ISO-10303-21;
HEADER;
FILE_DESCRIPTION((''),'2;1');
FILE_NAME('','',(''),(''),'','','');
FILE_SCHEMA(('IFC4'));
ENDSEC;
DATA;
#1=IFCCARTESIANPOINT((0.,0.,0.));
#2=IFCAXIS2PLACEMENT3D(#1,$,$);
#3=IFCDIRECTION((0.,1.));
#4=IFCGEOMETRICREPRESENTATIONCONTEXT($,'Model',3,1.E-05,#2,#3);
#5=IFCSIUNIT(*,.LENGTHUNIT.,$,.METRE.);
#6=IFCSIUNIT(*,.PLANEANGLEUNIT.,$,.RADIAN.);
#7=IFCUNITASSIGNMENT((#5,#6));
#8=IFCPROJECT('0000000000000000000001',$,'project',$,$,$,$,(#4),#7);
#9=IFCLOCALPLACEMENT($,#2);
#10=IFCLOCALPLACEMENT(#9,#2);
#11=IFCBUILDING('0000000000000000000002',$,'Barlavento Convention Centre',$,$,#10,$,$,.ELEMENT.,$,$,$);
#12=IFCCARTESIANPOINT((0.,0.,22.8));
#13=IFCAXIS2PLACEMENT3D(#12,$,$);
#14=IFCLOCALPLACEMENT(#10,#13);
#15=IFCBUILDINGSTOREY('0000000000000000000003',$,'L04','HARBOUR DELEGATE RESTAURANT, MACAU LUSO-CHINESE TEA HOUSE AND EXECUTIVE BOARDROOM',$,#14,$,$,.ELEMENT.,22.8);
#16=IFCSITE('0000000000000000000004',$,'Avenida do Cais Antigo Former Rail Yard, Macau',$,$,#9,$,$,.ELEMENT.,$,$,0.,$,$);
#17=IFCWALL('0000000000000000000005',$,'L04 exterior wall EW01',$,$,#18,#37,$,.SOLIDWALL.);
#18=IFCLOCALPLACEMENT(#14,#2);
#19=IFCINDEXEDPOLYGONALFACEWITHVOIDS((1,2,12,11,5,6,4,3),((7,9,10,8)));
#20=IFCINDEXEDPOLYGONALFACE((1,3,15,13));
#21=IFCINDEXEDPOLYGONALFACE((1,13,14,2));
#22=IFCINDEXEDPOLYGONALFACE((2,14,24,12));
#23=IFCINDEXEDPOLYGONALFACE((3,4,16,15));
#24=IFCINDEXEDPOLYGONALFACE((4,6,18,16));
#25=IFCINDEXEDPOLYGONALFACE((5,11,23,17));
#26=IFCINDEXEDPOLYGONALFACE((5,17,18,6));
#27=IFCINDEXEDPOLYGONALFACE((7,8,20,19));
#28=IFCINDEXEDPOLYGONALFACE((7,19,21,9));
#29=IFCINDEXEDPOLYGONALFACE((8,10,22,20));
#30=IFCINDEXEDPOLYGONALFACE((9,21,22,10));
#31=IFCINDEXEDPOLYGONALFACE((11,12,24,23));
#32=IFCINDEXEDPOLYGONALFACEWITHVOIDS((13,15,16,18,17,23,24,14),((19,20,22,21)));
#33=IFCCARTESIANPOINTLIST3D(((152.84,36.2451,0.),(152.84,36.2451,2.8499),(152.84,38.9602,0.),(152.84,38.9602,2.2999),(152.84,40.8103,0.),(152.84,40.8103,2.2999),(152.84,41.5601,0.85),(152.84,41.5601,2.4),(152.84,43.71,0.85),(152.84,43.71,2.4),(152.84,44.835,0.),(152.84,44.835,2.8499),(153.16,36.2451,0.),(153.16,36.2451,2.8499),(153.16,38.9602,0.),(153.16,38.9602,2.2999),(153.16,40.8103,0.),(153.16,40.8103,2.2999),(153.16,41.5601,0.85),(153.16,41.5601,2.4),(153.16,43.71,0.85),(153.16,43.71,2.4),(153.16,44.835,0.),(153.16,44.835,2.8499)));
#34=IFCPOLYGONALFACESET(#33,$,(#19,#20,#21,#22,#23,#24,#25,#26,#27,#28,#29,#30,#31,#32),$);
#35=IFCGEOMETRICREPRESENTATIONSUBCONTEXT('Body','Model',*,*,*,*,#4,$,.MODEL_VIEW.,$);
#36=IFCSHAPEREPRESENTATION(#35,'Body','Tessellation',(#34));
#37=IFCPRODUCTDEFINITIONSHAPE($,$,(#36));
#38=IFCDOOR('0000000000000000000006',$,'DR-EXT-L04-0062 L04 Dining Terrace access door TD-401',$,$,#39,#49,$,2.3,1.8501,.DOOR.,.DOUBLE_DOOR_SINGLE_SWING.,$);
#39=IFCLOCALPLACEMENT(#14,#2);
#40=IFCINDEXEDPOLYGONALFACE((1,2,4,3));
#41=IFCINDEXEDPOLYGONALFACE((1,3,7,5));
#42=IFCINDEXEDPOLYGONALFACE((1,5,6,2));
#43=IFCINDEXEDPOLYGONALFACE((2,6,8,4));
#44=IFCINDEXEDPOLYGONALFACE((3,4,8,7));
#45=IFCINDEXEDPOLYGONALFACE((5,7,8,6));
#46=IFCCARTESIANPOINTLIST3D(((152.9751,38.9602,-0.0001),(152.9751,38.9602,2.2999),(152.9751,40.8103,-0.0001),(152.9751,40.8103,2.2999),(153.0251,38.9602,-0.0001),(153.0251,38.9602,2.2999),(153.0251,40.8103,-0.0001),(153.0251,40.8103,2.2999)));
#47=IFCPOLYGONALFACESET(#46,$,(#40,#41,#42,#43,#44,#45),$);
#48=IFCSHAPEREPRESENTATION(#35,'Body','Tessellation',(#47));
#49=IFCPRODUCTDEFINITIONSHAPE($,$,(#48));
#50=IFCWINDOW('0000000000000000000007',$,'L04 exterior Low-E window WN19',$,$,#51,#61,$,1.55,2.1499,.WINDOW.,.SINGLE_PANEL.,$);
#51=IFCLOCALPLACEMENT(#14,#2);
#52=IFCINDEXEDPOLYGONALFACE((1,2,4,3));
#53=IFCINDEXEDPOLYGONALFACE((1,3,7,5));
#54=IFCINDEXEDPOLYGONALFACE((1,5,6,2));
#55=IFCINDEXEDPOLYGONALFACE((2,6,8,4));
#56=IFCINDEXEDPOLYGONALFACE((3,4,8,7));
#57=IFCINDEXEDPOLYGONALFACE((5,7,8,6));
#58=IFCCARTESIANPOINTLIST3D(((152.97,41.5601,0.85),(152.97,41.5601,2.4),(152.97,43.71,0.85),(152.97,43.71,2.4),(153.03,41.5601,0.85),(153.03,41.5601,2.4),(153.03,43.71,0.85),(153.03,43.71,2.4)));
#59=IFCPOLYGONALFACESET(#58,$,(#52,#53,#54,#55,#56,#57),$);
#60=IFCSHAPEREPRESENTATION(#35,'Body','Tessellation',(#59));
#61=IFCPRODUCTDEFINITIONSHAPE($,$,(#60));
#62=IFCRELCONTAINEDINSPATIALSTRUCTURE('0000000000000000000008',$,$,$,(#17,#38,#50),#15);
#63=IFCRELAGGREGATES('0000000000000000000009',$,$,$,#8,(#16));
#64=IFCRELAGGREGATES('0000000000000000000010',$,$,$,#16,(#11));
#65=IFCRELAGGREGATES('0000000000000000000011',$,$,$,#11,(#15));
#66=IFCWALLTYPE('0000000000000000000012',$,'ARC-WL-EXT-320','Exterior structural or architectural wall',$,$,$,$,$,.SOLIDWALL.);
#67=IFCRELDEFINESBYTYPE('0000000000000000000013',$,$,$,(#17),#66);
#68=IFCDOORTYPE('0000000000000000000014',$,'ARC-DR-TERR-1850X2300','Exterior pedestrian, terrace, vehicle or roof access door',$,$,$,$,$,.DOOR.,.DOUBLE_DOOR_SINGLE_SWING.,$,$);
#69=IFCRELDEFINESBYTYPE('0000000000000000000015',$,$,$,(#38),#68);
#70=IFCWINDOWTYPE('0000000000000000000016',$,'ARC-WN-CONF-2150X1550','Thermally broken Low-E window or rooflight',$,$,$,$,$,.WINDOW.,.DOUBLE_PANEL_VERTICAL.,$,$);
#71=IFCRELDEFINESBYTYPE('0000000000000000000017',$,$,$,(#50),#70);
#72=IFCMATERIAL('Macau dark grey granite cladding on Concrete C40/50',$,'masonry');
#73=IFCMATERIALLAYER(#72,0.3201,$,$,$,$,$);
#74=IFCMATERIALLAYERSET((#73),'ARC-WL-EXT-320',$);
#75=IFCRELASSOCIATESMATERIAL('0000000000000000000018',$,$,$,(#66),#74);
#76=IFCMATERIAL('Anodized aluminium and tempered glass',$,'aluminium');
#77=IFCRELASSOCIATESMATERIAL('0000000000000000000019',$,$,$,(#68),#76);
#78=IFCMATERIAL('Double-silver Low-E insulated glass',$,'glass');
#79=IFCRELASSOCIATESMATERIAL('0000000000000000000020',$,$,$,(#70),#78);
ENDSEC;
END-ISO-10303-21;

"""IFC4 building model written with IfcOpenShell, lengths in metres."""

from ifc_helpers import new_model, si_unit, direction, frame, frame_2d, origin, place, context, subcontext, project, spatial, rectangle, extrude, material, layer, layer_set, type_object, element, fill, save


model = new_model("IFC4")

# Units and contexts
model_context = context("Model", 3, precision=1e-05, world=origin(), true_north=direction((0.0, 1.0)))
body_context = subcontext(model_context, "Body", "Model", "MODEL_VIEW")
ifc_project = project(units=[si_unit("LENGTHUNIT", "METRE"), si_unit("PLANEANGLEUNIT", "RADIAN")], contexts=[model_context])

# Site, building, storey
site_placement = place(None, origin())
site = spatial("IfcSite", under=ifc_project, at=site_placement, Name="Avenida do Cais Antigo Former Rail Yard, Macau", CompositionType="ELEMENT", RefElevation=0.0)
building_placement = place(site_placement, origin())
building = spatial("IfcBuilding", under=site, at=building_placement, Name="Barlavento Convention Centre", CompositionType="ELEMENT")
storey_placement = place(building_placement, frame((0.0, 0.0, 22.8)))
storey = spatial("IfcBuildingStorey", under=building, at=storey_placement, Name="L04", Description="HARBOUR DELEGATE RESTAURANT, MACAU LUSO-CHINESE TEA HOUSE AND EXECUTIVE BOARDROOM", CompositionType="ELEMENT", Elevation=22.8)

# Shared definitions
ifc_material_1 = material(Name="Double-silver Low-E insulated glass", Category="glass")

# Wall, openings, door, window
ifc_material_2 = material(Name="Macau dark grey granite cladding on Concrete C40/50", Category="masonry")
ifc_layer_1 = layer(ifc_material_2, 0.3201)
ifc_layer_set_1 = layer_set([ifc_layer_1], Name="ARC-WL-EXT-320")
wall_type = type_object("IfcWallType", Name="ARC-WL-EXT-320", Description="Exterior structural or architectural wall", PredefinedType="SOLIDWALL", material=ifc_layer_set_1)
wall_placement = place(storey_placement, frame((153.0, 36.2451, 0.0), z_axis=(0.0, 0.0, 1.0), x_axis=(0.0, 1.0, 0.0)))
wall = element("IfcWall", 1, at=wall_placement, inside=storey, type_object=wall_type, Name="L04 exterior wall EW01", PredefinedType="SOLIDWALL", context=body_context, shape_type="SweptSolid", body=[
    extrude(rectangle(XDim=8.5898, YDim=0.3201, at=frame_2d((4.2949, 0.0))), origin(), (0.0, 0.0, 1.0), 2.8499),
])
opening_1_placement = place(wall_placement, frame((2.7151, 0.0, 0.0)))
opening_1 = element("IfcOpeningElement", 2, at=opening_1_placement, cuts=wall, PredefinedType="OPENING", context=body_context, shape_type="SweptSolid", body=[
    extrude(rectangle(XDim=1.8501, YDim=2.3, at=frame_2d((0.925, 1.1499))), frame((0.0, 0.1699, 0.0), z_axis=(0.0, -1.0, 0.0), x_axis=(1.0, 0.0, 0.0)), (0.0, 0.0, 1.0), 0.3401),
])
opening_2_placement = place(wall_placement, frame((5.3149, 0.0, 0.8501)))
opening_2 = element("IfcOpeningElement", 3, at=opening_2_placement, cuts=wall, PredefinedType="OPENING", context=body_context, shape_type="SweptSolid", body=[
    extrude(rectangle(XDim=2.1499, YDim=1.55, at=frame_2d((1.075, 0.7749))), frame((0.0, 0.1699, 0.0), z_axis=(0.0, -1.0, 0.0), x_axis=(1.0, 0.0, 0.0)), (0.0, 0.0, 1.0), 0.3401),
])
ifc_material_3 = material(Name="Anodized aluminium and tempered glass", Category="aluminium")
door_type = type_object("IfcDoorType", Name="ARC-DR-TERR-1850X2300", Description="Exterior pedestrian, terrace, vehicle or roof access door", OperationType="DOUBLE_DOOR_SINGLE_SWING", PredefinedType="DOOR", material=ifc_material_3)
door_placement = place(opening_1_placement, origin())
door = element("IfcDoor", 4, at=door_placement, inside=storey, type_object=door_type, Name="DR-EXT-L04-0062 L04 Dining Terrace access door TD-401", OperationType="DOUBLE_DOOR_SINGLE_SWING", OverallHeight=2.3, OverallWidth=1.8501, PredefinedType="DOOR", context=body_context, shape_type="SweptSolid", body=[
    extrude(rectangle(XDim=1.8501, YDim=2.3, at=frame_2d((0.925, 1.1499))), frame((0.0, 0.0249, 0.0), z_axis=(0.0, -1.0, 0.0), x_axis=(1.0, 0.0, 0.0)), (0.0, 0.0, 1.0), 0.05),
])
fill(opening_1, door)
window_type = type_object("IfcWindowType", Name="ARC-WN-CONF-2150X1550", Description="Thermally broken Low-E window or rooflight", PartitioningType="DOUBLE_PANEL_VERTICAL", PredefinedType="WINDOW", material=ifc_material_1)
window_placement = place(opening_2_placement, origin())
window = element("IfcWindow", 5, at=window_placement, inside=storey, type_object=window_type, Name="L04 exterior Low-E window WN19", OverallHeight=1.55, OverallWidth=2.1499, PartitioningType="SINGLE_PANEL", PredefinedType="WINDOW", context=body_context, shape_type="SweptSolid", body=[
    extrude(rectangle(XDim=2.1499, YDim=1.55, at=frame_2d((1.075, 0.7749))), frame((0.0, 0.03, 0.0), z_axis=(0.0, -1.0, 0.0), x_axis=(1.0, 0.0, 0.0)), (0.0, 0.0, 1.0), 0.0601),
])
fill(opening_2, window)

save(model, "model.ifc")
